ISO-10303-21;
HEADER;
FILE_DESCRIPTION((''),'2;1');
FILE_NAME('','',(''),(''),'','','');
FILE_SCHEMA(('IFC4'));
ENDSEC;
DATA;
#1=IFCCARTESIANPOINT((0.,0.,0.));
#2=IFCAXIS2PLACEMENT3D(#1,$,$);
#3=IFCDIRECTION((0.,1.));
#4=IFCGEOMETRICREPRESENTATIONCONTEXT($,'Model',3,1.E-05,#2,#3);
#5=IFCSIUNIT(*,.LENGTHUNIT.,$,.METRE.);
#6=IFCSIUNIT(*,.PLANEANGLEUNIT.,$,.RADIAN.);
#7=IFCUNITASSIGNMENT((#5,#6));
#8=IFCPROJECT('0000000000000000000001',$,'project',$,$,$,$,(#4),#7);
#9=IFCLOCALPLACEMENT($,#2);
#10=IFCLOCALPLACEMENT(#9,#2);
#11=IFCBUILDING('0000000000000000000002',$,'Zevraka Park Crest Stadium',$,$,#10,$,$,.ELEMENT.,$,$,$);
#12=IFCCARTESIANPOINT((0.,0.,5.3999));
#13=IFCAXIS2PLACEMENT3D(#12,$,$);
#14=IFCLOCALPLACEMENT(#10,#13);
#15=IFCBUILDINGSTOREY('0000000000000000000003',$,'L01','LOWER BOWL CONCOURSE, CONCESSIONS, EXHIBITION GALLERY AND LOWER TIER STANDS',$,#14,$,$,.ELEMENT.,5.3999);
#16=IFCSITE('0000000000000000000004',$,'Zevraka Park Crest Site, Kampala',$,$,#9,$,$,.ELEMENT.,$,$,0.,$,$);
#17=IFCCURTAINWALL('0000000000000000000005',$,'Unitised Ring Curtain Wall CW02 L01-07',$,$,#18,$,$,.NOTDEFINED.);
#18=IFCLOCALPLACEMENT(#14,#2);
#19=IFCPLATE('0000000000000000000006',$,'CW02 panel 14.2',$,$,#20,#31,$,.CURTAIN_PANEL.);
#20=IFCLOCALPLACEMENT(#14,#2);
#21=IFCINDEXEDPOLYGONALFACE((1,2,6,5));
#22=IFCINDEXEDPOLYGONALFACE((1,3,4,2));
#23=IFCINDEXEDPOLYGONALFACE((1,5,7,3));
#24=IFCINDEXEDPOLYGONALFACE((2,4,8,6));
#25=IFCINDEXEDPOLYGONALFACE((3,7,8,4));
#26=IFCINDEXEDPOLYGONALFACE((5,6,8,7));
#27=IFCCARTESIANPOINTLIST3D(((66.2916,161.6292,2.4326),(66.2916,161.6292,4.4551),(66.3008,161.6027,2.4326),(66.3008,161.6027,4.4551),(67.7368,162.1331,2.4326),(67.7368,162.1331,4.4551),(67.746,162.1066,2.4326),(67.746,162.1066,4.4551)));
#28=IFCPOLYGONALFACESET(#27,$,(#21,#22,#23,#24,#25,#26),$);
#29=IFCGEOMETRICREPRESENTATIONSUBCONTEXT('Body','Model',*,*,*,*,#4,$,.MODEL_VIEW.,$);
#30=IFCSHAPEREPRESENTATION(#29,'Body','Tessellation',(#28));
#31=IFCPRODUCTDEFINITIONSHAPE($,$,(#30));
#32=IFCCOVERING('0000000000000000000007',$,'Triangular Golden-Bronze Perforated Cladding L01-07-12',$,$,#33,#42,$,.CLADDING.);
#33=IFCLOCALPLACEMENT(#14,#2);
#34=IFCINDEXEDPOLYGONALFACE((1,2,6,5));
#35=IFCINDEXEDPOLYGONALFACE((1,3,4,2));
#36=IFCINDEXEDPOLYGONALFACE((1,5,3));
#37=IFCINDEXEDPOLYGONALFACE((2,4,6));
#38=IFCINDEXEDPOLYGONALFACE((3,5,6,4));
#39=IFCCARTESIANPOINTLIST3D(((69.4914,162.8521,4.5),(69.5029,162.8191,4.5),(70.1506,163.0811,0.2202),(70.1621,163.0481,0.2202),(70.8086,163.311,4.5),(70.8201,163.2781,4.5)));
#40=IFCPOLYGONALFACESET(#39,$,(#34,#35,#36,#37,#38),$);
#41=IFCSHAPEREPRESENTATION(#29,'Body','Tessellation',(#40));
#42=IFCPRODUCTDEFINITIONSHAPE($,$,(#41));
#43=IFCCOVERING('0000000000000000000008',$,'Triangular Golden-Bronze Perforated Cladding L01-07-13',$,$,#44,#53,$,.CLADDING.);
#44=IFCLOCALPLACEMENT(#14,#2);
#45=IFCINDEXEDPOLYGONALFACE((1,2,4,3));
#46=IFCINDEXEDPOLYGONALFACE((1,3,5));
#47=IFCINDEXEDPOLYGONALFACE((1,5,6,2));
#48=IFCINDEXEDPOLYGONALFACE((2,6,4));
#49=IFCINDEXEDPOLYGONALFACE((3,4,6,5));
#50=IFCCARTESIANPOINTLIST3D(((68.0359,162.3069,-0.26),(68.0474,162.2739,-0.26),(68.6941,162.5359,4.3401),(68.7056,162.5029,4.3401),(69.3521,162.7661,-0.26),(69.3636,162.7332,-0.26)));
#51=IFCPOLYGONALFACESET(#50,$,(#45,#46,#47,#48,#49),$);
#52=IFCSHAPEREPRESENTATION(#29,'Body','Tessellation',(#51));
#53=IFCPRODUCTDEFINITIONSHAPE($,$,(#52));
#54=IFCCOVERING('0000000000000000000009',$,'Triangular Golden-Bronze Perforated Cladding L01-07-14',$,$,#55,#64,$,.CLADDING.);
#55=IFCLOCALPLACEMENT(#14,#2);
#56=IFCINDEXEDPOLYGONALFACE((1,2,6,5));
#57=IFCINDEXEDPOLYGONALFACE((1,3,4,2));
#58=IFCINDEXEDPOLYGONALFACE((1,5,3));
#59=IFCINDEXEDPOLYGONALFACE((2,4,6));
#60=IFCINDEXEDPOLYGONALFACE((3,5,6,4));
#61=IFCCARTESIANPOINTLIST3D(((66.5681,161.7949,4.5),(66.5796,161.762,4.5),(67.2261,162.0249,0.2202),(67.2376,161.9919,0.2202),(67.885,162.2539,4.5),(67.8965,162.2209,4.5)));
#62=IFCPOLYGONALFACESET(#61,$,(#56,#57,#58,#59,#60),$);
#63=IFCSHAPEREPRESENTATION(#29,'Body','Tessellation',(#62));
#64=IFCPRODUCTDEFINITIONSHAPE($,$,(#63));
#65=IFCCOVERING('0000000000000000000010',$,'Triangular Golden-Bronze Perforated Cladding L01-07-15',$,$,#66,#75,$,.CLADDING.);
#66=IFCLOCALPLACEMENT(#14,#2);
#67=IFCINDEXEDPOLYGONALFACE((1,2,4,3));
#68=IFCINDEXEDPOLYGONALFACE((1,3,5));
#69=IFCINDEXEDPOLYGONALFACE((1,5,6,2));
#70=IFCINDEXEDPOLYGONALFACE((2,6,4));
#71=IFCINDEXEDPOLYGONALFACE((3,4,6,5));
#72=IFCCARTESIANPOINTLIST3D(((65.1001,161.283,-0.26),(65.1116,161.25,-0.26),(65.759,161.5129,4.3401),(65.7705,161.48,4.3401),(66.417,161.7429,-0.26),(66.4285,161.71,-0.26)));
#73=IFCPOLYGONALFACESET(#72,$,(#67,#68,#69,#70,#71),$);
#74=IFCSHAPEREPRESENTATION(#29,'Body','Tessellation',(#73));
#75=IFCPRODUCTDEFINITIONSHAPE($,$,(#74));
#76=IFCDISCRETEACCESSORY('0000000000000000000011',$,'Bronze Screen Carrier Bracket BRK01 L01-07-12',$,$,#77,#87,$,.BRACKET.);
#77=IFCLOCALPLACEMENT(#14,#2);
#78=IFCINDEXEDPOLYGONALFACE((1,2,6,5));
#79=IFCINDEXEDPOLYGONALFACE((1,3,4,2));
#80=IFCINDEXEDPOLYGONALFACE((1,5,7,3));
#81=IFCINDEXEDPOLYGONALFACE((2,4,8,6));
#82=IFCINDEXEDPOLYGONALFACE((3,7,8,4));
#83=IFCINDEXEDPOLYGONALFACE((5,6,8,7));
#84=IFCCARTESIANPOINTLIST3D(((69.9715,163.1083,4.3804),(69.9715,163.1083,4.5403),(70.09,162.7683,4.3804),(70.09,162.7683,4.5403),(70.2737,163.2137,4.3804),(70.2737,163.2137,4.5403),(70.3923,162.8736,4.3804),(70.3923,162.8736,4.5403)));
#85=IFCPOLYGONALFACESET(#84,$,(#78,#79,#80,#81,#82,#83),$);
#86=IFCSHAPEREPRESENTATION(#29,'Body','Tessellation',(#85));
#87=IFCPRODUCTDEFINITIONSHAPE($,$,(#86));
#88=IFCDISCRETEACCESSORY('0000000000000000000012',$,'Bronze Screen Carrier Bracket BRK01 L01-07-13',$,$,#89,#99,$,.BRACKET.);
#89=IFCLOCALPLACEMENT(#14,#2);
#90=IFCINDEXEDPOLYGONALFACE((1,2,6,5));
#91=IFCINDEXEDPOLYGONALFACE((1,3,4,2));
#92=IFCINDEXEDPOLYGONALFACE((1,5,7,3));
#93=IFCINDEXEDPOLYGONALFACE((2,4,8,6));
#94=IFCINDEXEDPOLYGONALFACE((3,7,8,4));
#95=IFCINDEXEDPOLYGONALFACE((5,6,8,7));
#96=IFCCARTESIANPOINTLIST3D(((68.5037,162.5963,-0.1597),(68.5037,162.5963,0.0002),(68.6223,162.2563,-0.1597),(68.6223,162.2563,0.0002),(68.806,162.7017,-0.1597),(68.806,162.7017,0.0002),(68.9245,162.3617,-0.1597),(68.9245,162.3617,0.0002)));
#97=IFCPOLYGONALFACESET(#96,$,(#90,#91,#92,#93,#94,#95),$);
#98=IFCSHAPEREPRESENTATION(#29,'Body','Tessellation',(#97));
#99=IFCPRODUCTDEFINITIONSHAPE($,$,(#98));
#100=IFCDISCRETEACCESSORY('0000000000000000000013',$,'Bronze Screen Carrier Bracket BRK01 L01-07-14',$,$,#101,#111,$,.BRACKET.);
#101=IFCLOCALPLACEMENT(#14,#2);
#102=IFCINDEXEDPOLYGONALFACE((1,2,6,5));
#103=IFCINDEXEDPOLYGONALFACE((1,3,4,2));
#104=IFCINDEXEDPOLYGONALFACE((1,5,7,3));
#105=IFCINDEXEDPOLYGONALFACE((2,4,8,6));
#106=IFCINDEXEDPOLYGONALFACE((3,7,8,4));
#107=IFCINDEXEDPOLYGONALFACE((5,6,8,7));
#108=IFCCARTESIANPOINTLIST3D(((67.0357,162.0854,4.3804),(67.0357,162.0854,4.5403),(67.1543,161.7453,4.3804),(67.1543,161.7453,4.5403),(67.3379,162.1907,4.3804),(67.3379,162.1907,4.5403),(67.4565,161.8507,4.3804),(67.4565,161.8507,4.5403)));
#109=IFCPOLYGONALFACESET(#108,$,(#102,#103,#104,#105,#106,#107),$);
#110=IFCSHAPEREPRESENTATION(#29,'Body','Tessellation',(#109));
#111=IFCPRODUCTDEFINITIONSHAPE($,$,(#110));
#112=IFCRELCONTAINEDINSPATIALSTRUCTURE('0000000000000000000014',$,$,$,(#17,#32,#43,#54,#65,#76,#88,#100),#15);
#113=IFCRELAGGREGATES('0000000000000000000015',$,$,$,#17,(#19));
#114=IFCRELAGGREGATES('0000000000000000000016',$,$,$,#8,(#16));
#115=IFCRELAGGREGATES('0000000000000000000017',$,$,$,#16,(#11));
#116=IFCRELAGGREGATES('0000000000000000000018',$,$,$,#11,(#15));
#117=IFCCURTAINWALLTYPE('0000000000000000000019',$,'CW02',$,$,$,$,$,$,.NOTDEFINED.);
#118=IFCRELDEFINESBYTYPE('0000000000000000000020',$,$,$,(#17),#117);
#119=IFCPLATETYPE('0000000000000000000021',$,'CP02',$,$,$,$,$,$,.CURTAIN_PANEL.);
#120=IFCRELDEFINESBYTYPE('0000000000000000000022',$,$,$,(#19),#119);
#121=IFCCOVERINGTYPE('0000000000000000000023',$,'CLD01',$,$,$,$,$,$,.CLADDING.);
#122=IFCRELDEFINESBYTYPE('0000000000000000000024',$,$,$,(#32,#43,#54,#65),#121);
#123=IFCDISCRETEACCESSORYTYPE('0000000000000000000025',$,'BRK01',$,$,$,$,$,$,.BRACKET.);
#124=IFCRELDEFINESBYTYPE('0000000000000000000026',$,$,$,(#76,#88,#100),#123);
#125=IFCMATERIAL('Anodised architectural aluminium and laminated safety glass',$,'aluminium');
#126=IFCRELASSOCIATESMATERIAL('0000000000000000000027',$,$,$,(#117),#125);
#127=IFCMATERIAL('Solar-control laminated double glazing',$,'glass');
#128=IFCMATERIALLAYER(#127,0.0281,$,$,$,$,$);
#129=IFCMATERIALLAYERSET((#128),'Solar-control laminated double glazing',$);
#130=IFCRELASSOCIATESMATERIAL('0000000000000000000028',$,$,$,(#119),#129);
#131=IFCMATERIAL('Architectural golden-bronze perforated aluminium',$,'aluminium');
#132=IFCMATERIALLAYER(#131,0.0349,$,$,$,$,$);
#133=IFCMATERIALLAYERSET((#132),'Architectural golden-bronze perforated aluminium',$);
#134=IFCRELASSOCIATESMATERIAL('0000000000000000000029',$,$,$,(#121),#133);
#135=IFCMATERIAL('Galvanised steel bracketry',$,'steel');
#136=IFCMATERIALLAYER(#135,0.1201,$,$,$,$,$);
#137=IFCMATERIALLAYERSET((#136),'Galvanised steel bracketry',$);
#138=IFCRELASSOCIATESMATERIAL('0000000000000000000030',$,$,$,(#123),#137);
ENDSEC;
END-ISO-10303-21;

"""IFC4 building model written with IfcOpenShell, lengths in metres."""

from ifc_helpers import new_model, si_unit, direction, frame, origin, origin_2d, place, context, subcontext, project, spatial, polyline, rectangle, outline, extrude, material, layer, layer_set, type_object, element, aggregate, save


model = new_model("IFC4")

# Units and contexts
model_context = context("Model", 3, precision=1e-05, world=origin(), true_north=direction((0.0, 1.0)))
body_context = subcontext(model_context, "Body", "Model", "MODEL_VIEW")
ifc_project = project(units=[si_unit("LENGTHUNIT", "METRE"), si_unit("PLANEANGLEUNIT", "RADIAN")], contexts=[model_context])

# Site, building, storey
site_placement = place(None, origin())
site = spatial("IfcSite", under=ifc_project, at=site_placement, Name="Zevraka Park Crest Site, Kampala", CompositionType="ELEMENT", RefElevation=0.0)
building_placement = place(site_placement, origin())
building = spatial("IfcBuilding", under=site, at=building_placement, Name="Zevraka Park Crest Stadium", CompositionType="ELEMENT")
storey_placement = place(building_placement, frame((0.0, 0.0, 5.3999)))
storey = spatial("IfcBuildingStorey", under=building, at=storey_placement, Name="L01", Description="LOWER BOWL CONCOURSE, CONCESSIONS, EXHIBITION GALLERY AND LOWER TIER STANDS", CompositionType="ELEMENT", Elevation=5.3999)

# Curtain wall, plate
ifc_material_1 = material(Name="Anodised architectural aluminium and laminated safety glass", Category="aluminium")
curtain_wall_type = type_object("IfcCurtainWallType", Name="CW02", PredefinedType="NOTDEFINED", material=ifc_material_1)
curtain_wall_placement = place(storey_placement, origin())
curtain_wall = element("IfcCurtainWall", 1, at=curtain_wall_placement, inside=storey, type_object=curtain_wall_type, Name="Unitised Ring Curtain Wall CW02 L01-07", PredefinedType="NOTDEFINED")
ifc_material_2 = material(Name="Solar-control laminated double glazing", Category="glass")
ifc_layer_1 = layer(ifc_material_2, 0.0281)
ifc_layer_set_1 = layer_set([ifc_layer_1], Name="Solar-control laminated double glazing")
plate_type = type_object("IfcPlateType", Name="CP02", PredefinedType="CURTAIN_PANEL", material=ifc_layer_set_1)
plate_1_placement = place(storey_placement, frame((67.0188, 161.8679, 2.4326), z_axis=(0.0, 0.0, 1.0), x_axis=(-0.944257, -0.329209, 0.0)))
plate_1 = element("IfcPlate", 2, at=plate_1_placement, type_object=plate_type, Name="CW02 panel 14.2", PredefinedType="CURTAIN_PANEL", context=body_context, shape_type="SweptSolid", body=[
    extrude(rectangle(XDim=1.5305, YDim=0.0281, at=origin_2d()), origin(), (0.0, 0.0, 1.0), 2.0225),
])
aggregate(curtain_wall, [plate_1])

# Coverings
ifc_material_3 = material(Name="Architectural golden-bronze perforated aluminium", Category="aluminium")
ifc_layer_2 = layer(ifc_material_3, 0.0349)
ifc_layer_set_2 = layer_set([ifc_layer_2], Name="Architectural golden-bronze perforated aluminium")
covering_type = type_object("IfcCoveringType", Name="CLD01", PredefinedType="CLADDING", material=ifc_layer_set_2)
covering_1_placement = place(storey_placement, frame((69.5029, 162.8191, 4.5), z_axis=(0.329064, -0.944308, 0.000155), x_axis=(0.944308, 0.329064, 0.0)))
element("IfcCovering", 3, at=covering_1_placement, inside=storey, type_object=covering_type, Name="Triangular Golden-Bronze Perforated Cladding L01-07-12", PredefinedType="CLADDING", context=body_context, shape_type="SweptSolid", body=[
    extrude(outline(polyline([(0.0, 0.0), (1.3948, 0.0), (0.6978, -4.2798), (0.0, 0.0)])), origin(), (0.0, 0.0, -1.0), 0.0349),
])
covering_2_placement = place(storey_placement, frame((69.3521, 162.7661, -0.26), z_axis=(-0.329438, 0.944177, 0.000134), x_axis=(-0.944177, -0.329438, 0.0)))
element("IfcCovering", 4, at=covering_2_placement, inside=storey, type_object=covering_type, Name="Triangular Golden-Bronze Perforated Cladding L01-07-13", PredefinedType="CLADDING", context=body_context, shape_type="SweptSolid", body=[
    extrude(outline(polyline([(0.0, 0.0), (1.394, 0.0), (0.6971, 4.6001), (0.0, 0.0)])), origin(), (0.0, 0.0, -1.0), 0.0349),
])
covering_3_placement = place(storey_placement, frame((66.5681, 161.7949, 4.5), z_axis=(-0.329118, 0.944289, 0.000145), x_axis=(0.944289, 0.329118, 0.0)))
element("IfcCovering", 5, at=covering_3_placement, inside=storey, type_object=covering_type, Name="Triangular Golden-Bronze Perforated Cladding L01-07-14", PredefinedType="CLADDING", context=body_context, shape_type="SweptSolid", body=[
    extrude(outline(polyline([(0.0, 0.0), (1.3946, 0.0), (0.697, 4.2798), (0.0, 0.0)])), origin(), (0.0, 0.0, -1.0), 0.0349),
])
covering_4_placement = place(storey_placement, frame((66.417, 161.7429, -0.26), z_axis=(-0.329742, 0.944071, 0.000035), x_axis=(-0.944071, -0.329742, 0.0)))
element("IfcCovering", 6, at=covering_4_placement, inside=storey, type_object=covering_type, Name="Triangular Golden-Bronze Perforated Cladding L01-07-15", PredefinedType="CLADDING", context=body_context, shape_type="SweptSolid", body=[
    extrude(outline(polyline([(0.0, 0.0), (1.3949, 0.0), (0.697, 4.6001), (0.0, 0.0)])), origin(), (0.0, 0.0, -1.0), 0.0349),
])

# Discrete accessories
ifc_material_4 = material(Name="Galvanised steel bracketry", Category="steel")
ifc_layer_3 = layer(ifc_material_4, 0.1201)
ifc_layer_set_3 = layer_set([ifc_layer_3], Name="Galvanised steel bracketry")
discrete_accessory_type = type_object("IfcDiscreteAccessoryType", Name="BRK01", PredefinedType="BRACKET", material=ifc_layer_set_3)
for number, where, z_axis, x_axis, name in (
    (7, (70.1819, 162.991, 4.3804), (0.0, 0.0, 1.0), (-0.944262, -0.329196, 0.0), "Bronze Screen Carrier Bracket BRK01 L01-07-12"),
    (8, (68.7141, 162.479, -0.1597), (0.0, 0.0, 1.0), (-0.944262, -0.329196, 0.0), "Bronze Screen Carrier Bracket BRK01 L01-07-13"),
    (9, (67.2461, 161.968, 4.3804), (0.0, 0.0, 1.0), (-0.944262, -0.329196, 0.0), "Bronze Screen Carrier Bracket BRK01 L01-07-14"),
):
    element("IfcDiscreteAccessory", number, at=place(storey_placement, frame(where, z_axis=z_axis, x_axis=x_axis)), inside=storey, type_object=discrete_accessory_type, Name=name, PredefinedType="BRACKET", context=body_context, shape_type="SweptSolid", body=[
        extrude(rectangle(XDim=0.3201, YDim=0.3601, at=origin_2d()), origin(), (0.0, 0.0, 1.0), 0.1599),
    ])

save(model, "model.ifc")
